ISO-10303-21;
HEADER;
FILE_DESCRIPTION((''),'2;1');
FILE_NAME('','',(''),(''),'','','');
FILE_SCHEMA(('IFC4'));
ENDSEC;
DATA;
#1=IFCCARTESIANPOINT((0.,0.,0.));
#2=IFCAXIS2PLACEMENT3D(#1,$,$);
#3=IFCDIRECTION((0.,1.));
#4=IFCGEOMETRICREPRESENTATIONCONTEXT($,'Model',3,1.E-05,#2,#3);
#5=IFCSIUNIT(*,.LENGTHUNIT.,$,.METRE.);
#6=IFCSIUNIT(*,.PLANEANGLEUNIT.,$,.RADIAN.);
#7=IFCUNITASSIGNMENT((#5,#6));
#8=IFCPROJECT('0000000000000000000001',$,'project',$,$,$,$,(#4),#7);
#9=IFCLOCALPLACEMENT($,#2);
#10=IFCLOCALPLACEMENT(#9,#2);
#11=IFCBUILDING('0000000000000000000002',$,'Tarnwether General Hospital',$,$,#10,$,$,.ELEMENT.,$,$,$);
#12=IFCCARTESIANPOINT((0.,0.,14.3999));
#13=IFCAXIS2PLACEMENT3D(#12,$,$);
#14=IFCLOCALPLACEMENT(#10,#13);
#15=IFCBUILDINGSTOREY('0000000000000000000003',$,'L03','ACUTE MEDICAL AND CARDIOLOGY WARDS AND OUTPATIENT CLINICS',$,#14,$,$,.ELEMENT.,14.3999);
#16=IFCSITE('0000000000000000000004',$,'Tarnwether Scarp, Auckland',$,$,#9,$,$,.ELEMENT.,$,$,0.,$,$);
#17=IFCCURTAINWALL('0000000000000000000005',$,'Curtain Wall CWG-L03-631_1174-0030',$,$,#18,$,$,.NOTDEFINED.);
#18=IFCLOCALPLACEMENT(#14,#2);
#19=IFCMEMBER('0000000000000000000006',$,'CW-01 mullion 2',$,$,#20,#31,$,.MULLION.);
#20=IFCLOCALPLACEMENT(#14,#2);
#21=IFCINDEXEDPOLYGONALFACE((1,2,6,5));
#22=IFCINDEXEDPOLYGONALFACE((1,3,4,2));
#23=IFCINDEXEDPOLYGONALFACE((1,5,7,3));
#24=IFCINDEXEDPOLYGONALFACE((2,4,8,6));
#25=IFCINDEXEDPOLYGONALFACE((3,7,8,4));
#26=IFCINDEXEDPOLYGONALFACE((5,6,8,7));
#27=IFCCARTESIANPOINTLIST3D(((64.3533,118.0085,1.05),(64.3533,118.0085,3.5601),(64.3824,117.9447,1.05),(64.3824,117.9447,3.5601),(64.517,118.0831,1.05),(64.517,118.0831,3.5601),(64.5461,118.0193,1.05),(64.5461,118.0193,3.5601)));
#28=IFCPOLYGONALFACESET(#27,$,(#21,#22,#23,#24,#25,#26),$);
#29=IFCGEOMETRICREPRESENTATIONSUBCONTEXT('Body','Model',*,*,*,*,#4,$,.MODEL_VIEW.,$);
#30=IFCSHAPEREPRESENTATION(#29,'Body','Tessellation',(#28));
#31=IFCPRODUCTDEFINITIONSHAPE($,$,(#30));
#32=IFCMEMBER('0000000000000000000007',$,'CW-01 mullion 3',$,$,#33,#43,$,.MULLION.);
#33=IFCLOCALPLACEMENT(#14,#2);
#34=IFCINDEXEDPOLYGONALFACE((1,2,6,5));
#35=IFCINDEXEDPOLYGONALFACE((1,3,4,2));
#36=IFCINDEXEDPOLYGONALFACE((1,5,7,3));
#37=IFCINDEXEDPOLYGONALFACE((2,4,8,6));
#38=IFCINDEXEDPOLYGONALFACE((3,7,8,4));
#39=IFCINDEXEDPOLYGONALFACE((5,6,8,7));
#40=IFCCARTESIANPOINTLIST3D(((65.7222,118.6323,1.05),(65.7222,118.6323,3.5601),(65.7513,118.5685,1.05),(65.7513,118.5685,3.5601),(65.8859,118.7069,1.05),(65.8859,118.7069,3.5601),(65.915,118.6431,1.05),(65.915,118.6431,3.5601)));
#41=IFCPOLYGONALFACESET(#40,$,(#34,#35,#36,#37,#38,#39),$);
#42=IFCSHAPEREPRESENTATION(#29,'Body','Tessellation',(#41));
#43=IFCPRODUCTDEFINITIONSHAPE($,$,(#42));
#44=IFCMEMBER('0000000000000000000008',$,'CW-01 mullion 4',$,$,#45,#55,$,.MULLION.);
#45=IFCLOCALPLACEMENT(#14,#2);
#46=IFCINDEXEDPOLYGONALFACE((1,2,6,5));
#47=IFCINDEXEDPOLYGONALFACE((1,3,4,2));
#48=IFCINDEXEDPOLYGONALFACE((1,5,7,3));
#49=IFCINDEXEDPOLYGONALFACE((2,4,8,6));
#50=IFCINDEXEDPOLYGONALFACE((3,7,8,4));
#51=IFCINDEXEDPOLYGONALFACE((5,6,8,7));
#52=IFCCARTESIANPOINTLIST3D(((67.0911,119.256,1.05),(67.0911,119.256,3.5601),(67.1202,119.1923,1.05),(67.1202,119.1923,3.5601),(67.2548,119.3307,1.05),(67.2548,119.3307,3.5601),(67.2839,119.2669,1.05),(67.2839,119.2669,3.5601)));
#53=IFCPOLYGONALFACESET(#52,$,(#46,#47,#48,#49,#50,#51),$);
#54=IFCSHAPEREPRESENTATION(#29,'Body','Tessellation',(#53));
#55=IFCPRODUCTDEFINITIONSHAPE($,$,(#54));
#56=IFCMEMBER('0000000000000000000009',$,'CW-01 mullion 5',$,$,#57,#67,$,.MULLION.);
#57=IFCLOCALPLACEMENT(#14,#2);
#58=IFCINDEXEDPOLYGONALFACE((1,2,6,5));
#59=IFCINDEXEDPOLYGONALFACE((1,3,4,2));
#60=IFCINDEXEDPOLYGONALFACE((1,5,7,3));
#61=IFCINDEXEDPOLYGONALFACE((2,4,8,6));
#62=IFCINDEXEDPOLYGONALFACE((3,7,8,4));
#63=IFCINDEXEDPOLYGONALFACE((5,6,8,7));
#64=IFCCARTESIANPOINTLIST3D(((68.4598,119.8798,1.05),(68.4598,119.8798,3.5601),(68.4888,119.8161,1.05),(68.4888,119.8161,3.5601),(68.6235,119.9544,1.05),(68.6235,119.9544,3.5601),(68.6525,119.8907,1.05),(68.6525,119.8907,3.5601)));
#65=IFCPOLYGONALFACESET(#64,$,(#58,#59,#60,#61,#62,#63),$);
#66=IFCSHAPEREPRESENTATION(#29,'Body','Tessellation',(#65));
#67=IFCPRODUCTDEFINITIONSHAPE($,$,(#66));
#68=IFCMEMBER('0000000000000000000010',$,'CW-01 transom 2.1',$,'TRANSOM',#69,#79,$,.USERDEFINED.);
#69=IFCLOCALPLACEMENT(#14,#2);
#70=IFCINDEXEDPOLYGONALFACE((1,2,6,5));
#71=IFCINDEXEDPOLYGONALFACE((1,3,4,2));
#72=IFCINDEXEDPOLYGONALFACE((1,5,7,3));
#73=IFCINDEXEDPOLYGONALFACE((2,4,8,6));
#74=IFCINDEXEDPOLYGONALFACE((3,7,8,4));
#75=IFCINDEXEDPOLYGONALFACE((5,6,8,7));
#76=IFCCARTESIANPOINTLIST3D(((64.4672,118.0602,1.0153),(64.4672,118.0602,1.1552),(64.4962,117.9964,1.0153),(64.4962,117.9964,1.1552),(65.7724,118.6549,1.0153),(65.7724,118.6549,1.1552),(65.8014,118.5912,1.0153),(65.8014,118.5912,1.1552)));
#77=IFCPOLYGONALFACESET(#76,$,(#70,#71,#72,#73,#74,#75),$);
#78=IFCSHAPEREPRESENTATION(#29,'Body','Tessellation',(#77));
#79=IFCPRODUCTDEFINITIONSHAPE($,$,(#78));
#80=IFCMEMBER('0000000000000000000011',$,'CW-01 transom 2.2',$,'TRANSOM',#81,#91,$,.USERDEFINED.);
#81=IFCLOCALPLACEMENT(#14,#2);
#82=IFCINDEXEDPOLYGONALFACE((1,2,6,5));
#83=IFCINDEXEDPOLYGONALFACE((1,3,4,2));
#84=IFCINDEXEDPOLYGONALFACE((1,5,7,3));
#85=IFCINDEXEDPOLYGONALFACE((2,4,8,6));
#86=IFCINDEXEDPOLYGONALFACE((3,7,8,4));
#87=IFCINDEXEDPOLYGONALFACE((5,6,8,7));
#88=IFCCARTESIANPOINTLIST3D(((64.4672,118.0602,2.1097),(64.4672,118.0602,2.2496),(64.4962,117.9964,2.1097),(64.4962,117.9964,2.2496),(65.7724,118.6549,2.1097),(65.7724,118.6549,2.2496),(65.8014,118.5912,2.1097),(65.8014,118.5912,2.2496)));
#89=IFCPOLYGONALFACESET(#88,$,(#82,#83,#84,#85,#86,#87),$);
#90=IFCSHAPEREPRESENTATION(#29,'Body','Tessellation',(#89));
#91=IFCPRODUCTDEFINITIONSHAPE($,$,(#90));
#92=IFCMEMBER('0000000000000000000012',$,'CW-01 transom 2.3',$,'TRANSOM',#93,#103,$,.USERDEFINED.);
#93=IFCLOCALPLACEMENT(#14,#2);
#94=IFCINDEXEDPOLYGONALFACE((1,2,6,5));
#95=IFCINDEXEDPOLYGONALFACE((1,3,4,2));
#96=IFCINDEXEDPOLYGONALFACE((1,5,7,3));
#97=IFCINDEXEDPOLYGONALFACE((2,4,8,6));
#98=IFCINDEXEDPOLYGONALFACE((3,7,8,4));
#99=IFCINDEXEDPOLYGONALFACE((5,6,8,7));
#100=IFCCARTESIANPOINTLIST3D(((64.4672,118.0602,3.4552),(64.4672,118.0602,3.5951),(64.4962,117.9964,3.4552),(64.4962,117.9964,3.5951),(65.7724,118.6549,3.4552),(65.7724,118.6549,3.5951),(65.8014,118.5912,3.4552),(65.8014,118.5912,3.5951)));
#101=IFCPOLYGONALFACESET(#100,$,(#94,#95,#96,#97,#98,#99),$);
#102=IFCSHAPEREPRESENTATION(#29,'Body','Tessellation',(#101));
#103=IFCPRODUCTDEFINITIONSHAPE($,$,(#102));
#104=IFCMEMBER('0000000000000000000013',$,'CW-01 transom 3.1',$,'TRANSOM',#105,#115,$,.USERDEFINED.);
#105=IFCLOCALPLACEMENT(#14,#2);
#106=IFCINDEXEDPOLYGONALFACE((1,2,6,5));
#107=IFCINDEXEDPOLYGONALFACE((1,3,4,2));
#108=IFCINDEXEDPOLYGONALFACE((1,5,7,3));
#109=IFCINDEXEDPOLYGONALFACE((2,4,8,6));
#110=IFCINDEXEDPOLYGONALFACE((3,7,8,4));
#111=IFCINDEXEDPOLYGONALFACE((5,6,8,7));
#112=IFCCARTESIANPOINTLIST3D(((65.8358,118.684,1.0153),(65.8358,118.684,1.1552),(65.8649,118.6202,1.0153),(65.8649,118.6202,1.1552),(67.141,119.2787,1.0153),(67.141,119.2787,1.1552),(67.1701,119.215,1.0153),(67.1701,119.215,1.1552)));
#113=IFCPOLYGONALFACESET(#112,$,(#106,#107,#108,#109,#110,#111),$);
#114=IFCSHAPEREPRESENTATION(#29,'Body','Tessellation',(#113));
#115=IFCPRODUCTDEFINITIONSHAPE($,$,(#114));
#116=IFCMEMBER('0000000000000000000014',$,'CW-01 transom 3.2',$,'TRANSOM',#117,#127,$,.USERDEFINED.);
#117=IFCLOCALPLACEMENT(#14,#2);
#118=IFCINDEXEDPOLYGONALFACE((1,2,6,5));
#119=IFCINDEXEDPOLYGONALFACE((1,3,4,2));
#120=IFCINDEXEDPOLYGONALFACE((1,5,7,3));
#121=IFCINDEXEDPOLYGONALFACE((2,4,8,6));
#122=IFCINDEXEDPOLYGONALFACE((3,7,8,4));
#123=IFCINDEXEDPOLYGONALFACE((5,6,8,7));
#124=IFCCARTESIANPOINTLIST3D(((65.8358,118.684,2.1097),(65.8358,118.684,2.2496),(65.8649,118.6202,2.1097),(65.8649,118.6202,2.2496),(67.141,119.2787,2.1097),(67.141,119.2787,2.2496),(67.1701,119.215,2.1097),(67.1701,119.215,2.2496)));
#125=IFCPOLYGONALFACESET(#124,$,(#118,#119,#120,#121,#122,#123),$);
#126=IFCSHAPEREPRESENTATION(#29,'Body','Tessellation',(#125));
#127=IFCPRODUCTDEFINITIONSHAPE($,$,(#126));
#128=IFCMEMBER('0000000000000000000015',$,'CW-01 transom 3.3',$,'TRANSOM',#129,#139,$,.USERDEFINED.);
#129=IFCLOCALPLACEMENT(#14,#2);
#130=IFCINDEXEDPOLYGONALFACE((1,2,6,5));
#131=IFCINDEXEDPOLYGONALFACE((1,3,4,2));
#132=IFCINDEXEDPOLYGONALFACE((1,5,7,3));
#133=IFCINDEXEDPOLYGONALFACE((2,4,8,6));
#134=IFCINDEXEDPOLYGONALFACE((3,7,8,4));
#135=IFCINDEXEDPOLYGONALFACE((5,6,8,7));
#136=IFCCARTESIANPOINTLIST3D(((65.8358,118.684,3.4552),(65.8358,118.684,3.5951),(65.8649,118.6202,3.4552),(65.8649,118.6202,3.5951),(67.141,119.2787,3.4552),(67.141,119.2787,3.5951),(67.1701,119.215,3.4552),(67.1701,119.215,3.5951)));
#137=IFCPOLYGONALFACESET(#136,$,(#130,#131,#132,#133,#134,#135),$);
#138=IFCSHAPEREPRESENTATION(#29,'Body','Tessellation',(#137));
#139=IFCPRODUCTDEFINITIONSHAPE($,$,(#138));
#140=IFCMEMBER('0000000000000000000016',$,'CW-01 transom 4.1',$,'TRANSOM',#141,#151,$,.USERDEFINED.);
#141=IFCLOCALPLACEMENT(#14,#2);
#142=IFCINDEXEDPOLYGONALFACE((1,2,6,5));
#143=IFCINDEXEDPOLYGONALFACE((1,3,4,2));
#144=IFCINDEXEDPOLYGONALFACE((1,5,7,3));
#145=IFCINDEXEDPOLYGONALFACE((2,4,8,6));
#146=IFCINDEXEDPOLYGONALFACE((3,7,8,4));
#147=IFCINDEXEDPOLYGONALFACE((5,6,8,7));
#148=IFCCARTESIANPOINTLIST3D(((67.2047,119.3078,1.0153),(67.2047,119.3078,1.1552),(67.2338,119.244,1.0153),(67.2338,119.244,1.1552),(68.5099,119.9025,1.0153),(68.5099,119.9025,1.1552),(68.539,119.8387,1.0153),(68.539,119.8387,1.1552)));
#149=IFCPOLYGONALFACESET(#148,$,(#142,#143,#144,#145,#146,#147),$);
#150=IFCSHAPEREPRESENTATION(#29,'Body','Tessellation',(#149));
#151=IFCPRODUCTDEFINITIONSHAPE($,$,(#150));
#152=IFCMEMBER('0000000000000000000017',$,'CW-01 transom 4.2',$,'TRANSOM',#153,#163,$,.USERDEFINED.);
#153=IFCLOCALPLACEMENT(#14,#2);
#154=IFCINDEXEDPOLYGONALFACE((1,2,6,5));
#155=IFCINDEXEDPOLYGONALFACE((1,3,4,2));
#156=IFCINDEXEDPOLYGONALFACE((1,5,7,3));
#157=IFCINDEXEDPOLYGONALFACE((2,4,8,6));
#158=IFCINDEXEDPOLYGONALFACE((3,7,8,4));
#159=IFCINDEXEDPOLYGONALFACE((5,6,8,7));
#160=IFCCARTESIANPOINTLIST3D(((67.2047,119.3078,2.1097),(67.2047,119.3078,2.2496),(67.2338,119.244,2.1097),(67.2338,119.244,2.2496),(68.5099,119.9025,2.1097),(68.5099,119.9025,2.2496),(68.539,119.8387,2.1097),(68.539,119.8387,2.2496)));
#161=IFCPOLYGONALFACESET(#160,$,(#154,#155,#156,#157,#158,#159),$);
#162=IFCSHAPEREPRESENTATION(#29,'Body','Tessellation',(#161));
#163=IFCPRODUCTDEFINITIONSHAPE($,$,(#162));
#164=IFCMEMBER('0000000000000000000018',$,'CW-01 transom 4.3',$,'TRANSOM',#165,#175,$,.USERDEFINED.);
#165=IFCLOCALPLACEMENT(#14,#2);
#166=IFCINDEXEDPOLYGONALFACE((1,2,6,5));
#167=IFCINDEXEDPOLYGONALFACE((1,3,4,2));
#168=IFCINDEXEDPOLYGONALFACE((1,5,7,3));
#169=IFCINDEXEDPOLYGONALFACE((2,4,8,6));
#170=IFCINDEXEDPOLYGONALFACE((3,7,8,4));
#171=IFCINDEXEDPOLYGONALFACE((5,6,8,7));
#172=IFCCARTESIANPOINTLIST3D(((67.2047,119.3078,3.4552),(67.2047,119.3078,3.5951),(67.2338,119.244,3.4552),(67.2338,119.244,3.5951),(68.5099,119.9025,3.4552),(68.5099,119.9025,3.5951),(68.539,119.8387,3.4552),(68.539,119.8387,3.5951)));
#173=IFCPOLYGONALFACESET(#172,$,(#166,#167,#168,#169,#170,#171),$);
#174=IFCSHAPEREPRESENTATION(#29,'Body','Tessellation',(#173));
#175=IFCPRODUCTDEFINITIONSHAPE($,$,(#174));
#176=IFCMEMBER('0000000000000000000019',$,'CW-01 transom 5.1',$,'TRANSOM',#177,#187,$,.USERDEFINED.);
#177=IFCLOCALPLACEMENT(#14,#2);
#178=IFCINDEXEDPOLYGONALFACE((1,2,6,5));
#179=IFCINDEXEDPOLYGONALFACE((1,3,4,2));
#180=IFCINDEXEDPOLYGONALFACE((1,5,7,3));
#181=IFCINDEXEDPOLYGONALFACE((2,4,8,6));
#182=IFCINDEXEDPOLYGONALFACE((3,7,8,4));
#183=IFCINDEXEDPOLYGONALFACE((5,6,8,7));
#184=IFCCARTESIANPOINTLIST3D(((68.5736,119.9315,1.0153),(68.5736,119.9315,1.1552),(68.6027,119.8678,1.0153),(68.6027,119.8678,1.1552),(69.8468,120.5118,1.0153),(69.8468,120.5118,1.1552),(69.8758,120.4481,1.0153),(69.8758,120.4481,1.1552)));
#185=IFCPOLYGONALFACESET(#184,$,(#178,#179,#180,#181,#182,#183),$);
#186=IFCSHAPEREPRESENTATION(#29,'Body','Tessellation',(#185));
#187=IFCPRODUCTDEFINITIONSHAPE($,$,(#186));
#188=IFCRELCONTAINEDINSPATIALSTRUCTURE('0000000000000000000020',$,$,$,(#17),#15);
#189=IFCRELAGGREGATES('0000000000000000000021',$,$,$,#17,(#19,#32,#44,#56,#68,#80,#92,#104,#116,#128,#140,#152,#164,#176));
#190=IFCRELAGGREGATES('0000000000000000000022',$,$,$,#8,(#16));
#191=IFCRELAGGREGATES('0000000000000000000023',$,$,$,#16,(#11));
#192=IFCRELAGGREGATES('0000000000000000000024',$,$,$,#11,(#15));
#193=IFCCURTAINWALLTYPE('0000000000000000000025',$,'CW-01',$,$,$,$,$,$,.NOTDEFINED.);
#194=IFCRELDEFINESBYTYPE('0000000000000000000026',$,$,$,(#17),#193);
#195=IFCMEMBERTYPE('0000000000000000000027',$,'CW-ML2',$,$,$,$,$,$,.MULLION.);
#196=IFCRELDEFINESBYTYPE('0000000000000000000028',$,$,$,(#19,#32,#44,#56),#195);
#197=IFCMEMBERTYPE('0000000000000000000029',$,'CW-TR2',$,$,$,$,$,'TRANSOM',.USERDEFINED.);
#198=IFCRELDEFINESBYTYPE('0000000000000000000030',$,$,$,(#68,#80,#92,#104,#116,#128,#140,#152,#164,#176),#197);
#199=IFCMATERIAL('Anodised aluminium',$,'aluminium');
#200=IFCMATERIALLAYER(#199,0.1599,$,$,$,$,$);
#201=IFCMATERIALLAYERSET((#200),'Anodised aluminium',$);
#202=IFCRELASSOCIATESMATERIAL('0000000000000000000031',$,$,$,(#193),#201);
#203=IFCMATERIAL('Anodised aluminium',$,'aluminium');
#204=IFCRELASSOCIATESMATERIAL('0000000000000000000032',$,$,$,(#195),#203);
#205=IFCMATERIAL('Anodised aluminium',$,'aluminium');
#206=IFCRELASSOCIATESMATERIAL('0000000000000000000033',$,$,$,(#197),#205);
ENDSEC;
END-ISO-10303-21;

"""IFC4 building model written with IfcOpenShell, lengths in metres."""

from ifc_helpers import new_model, si_unit, direction, frame, origin, origin_2d, place, context, subcontext, project, spatial, rectangle, extrude, material, layer, layer_set, material_profile, profile_set, type_object, element, aggregate, save


model = new_model("IFC4")

# Units and contexts
model_context = context("Model", 3, precision=1e-05, world=origin(), true_north=direction((0.0, 1.0)))
body_context = subcontext(model_context, "Body", "Model", "MODEL_VIEW")
ifc_project = project(units=[si_unit("LENGTHUNIT", "METRE"), si_unit("PLANEANGLEUNIT", "RADIAN")], contexts=[model_context])

# Site, building, storey
site_placement = place(None, origin())
site = spatial("IfcSite", under=ifc_project, at=site_placement, Name="Tarnwether Scarp, Auckland", CompositionType="ELEMENT", RefElevation=0.0)
building_placement = place(site_placement, origin())
building = spatial("IfcBuilding", under=site, at=building_placement, Name="Tarnwether General Hospital", CompositionType="ELEMENT")
storey_placement = place(building_placement, frame((0.0, 0.0, 14.3999)))
storey = spatial("IfcBuildingStorey", under=building, at=storey_placement, Name="L03", Description="ACUTE MEDICAL AND CARDIOLOGY WARDS AND OUTPATIENT CLINICS", CompositionType="ELEMENT", Elevation=14.3999)

# Curtain wall, members
ifc_material_1 = material(Name="Anodised aluminium", Category="aluminium")
ifc_layer_1 = layer(ifc_material_1, 0.1599)
ifc_layer_set_1 = layer_set([ifc_layer_1], Name="Anodised aluminium")
curtain_wall_type = type_object("IfcCurtainWallType", Name="CW-01", PredefinedType="NOTDEFINED", material=ifc_layer_set_1)
curtain_wall_placement = place(storey_placement, origin())
curtain_wall = element("IfcCurtainWall", 1, at=curtain_wall_placement, inside=storey, type_object=curtain_wall_type, Name="Curtain Wall CWG-L03-631_1174-0030", PredefinedType="NOTDEFINED")
ifc_material_2 = material(Name="Anodised aluminium", Category="aluminium")
ifc_material_profile_1 = material_profile(ifc_material_2, rectangle(XDim=0.0701, YDim=0.1799, at=origin_2d()), Name="ALU-MUL-70x180")
ifc_profile_set_1 = profile_set([ifc_material_profile_1], Name="Anodised aluminium")
member_type_1 = type_object("IfcMemberType", Name="CW-ML2", PredefinedType="MULLION", material=ifc_profile_set_1)
member_1_placement = place(storey_placement, frame((64.4497, 118.0139, 1.05), z_axis=(0.0, 0.0, 1.0), x_axis=(-0.414694, 0.909961, 0.0)))
member_1 = element("IfcMember", 2, at=member_1_placement, type_object=member_type_1, Name="CW-01 mullion 2", PredefinedType="MULLION", context=body_context, shape_type="SweptSolid", body=[
    extrude(rectangle(XDim=0.0701, YDim=0.1799, at=origin_2d()), origin(), (0.0, 0.0, 1.0), 2.51),
])
member_2_placement = place(storey_placement, frame((65.8186, 118.6377, 1.05), z_axis=(0.0, 0.0, 1.0), x_axis=(-0.414694, 0.909961, 0.0)))
member_2 = element("IfcMember", 3, at=member_2_placement, type_object=member_type_1, Name="CW-01 mullion 3", PredefinedType="MULLION", context=body_context, shape_type="SweptSolid", body=[
    extrude(rectangle(XDim=0.0701, YDim=0.1799, at=origin_2d()), origin(), (0.0, 0.0, 1.0), 2.51),
])
member_3_placement = place(storey_placement, frame((67.1875, 119.2615, 1.05), z_axis=(0.0, 0.0, 1.0), x_axis=(-0.414694, 0.909961, 0.0)))
member_3 = element("IfcMember", 4, at=member_3_placement, type_object=member_type_1, Name="CW-01 mullion 4", PredefinedType="MULLION", context=body_context, shape_type="SweptSolid", body=[
    extrude(rectangle(XDim=0.0701, YDim=0.1799, at=origin_2d()), origin(), (0.0, 0.0, 1.0), 2.51),
])
member_4_placement = place(storey_placement, frame((68.5562, 119.8853, 1.05), z_axis=(0.0, 0.0, 1.0), x_axis=(-0.414694, 0.909961, 0.0)))
member_4 = element("IfcMember", 5, at=member_4_placement, type_object=member_type_1, Name="CW-01 mullion 5", PredefinedType="MULLION", context=body_context, shape_type="SweptSolid", body=[
    extrude(rectangle(XDim=0.0701, YDim=0.1799, at=origin_2d()), origin(), (0.0, 0.0, 1.0), 2.51),
])
ifc_material_3 = material(Name="Anodised aluminium", Category="aluminium")
ifc_material_profile_2 = material_profile(ifc_material_3, rectangle(XDim=0.0701, YDim=0.1399, at=origin_2d()), Name="ALU-TRN-70x140")
ifc_profile_set_2 = profile_set([ifc_material_profile_2], Name="Anodised aluminium")
member_type_2 = type_object("IfcMemberType", Name="CW-TR2", ElementType="TRANSOM", PredefinedType="USERDEFINED", material=ifc_profile_set_2)
member_5_placement = place(storey_placement, frame((64.4817, 118.0283, 1.0852), z_axis=(0.909981, 0.414649, 0.0), x_axis=(-0.414649, 0.909981, 0.0)))
member_5 = element("IfcMember", 6, at=member_5_placement, type_object=member_type_2, Name="CW-01 transom 2.1", ObjectType="TRANSOM", PredefinedType="USERDEFINED", context=body_context, shape_type="SweptSolid", body=[
    extrude(rectangle(XDim=0.0701, YDim=0.1399, at=origin_2d()), origin(), (0.0, 0.0, 1.0), 1.4343),
])
member_6_placement = place(storey_placement, frame((64.4817, 118.0283, 2.1797), z_axis=(0.909981, 0.414649, 0.0), x_axis=(-0.414649, 0.909981, 0.0)))
member_6 = element("IfcMember", 7, at=member_6_placement, type_object=member_type_2, Name="CW-01 transom 2.2", ObjectType="TRANSOM", PredefinedType="USERDEFINED", context=body_context, shape_type="SweptSolid", body=[
    extrude(rectangle(XDim=0.0701, YDim=0.1399, at=origin_2d()), origin(), (0.0, 0.0, 1.0), 1.4343),
])
member_7_placement = place(storey_placement, frame((64.4817, 118.0283, 3.5251), z_axis=(0.909981, 0.414649, 0.0), x_axis=(-0.414649, 0.909981, 0.0)))
member_7 = element("IfcMember", 8, at=member_7_placement, type_object=member_type_2, Name="CW-01 transom 2.3", ObjectType="TRANSOM", PredefinedType="USERDEFINED", context=body_context, shape_type="SweptSolid", body=[
    extrude(rectangle(XDim=0.0701, YDim=0.1399, at=origin_2d()), origin(), (0.0, 0.0, 1.0), 1.4343),
])
member_8_placement = place(storey_placement, frame((65.8503, 118.6521, 1.0852), z_axis=(0.909981, 0.414649, 0.0), x_axis=(-0.414649, 0.909981, 0.0)))
member_8 = element("IfcMember", 9, at=member_8_placement, type_object=member_type_2, Name="CW-01 transom 3.1", ObjectType="TRANSOM", PredefinedType="USERDEFINED", context=body_context, shape_type="SweptSolid", body=[
    extrude(rectangle(XDim=0.0701, YDim=0.1399, at=origin_2d()), origin(), (0.0, 0.0, 1.0), 1.4343),
])
member_9_placement = place(storey_placement, frame((65.8503, 118.6521, 2.1797), z_axis=(0.909981, 0.414649, 0.0), x_axis=(-0.414649, 0.909981, 0.0)))
member_9 = element("IfcMember", 10, at=member_9_placement, type_object=member_type_2, Name="CW-01 transom 3.2", ObjectType="TRANSOM", PredefinedType="USERDEFINED", context=body_context, shape_type="SweptSolid", body=[
    extrude(rectangle(XDim=0.0701, YDim=0.1399, at=origin_2d()), origin(), (0.0, 0.0, 1.0), 1.4343),
])
member_10_placement = place(storey_placement, frame((65.8503, 118.6521, 3.5251), z_axis=(0.909981, 0.414649, 0.0), x_axis=(-0.414649, 0.909981, 0.0)))
member_10 = element("IfcMember", 11, at=member_10_placement, type_object=member_type_2, Name="CW-01 transom 3.3", ObjectType="TRANSOM", PredefinedType="USERDEFINED", context=body_context, shape_type="SweptSolid", body=[
    extrude(rectangle(XDim=0.0701, YDim=0.1399, at=origin_2d()), origin(), (0.0, 0.0, 1.0), 1.4343),
])
member_11_placement = place(storey_placement, frame((67.2192, 119.2759, 1.0852), z_axis=(0.909981, 0.414649, 0.0), x_axis=(-0.414649, 0.909981, 0.0)))
member_11 = element("IfcMember", 12, at=member_11_placement, type_object=member_type_2, Name="CW-01 transom 4.1", ObjectType="TRANSOM", PredefinedType="USERDEFINED", context=body_context, shape_type="SweptSolid", body=[
    extrude(rectangle(XDim=0.0701, YDim=0.1399, at=origin_2d()), origin(), (0.0, 0.0, 1.0), 1.4343),
])
member_12_placement = place(storey_placement, frame((67.2192, 119.2759, 2.1797), z_axis=(0.909981, 0.414649, 0.0), x_axis=(-0.414649, 0.909981, 0.0)))
member_12 = element("IfcMember", 13, at=member_12_placement, type_object=member_type_2, Name="CW-01 transom 4.2", ObjectType="TRANSOM", PredefinedType="USERDEFINED", context=body_context, shape_type="SweptSolid", body=[
    extrude(rectangle(XDim=0.0701, YDim=0.1399, at=origin_2d()), origin(), (0.0, 0.0, 1.0), 1.4343),
])
member_13_placement = place(storey_placement, frame((67.2192, 119.2759, 3.5251), z_axis=(0.909981, 0.414649, 0.0), x_axis=(-0.414649, 0.909981, 0.0)))
member_13 = element("IfcMember", 14, at=member_13_placement, type_object=member_type_2, Name="CW-01 transom 4.3", ObjectType="TRANSOM", PredefinedType="USERDEFINED", context=body_context, shape_type="SweptSolid", body=[
    extrude(rectangle(XDim=0.0701, YDim=0.1399, at=origin_2d()), origin(), (0.0, 0.0, 1.0), 1.4343),
])
member_14_placement = place(storey_placement, frame((68.5881, 119.8997, 1.0852), z_axis=(0.909936, 0.414749, 0.0), x_axis=(-0.414749, 0.909936, 0.0)))
member_14 = element("IfcMember", 15, at=member_14_placement, type_object=member_type_2, Name="CW-01 transom 5.1", ObjectType="TRANSOM", PredefinedType="USERDEFINED", context=body_context, shape_type="SweptSolid", body=[
    extrude(rectangle(XDim=0.0701, YDim=0.1399, at=origin_2d()), origin(), (0.0, 0.0, 1.0), 1.3992),
])
aggregate(curtain_wall, [member_1, member_2, member_3, member_4, member_5, member_6, member_7, member_8, member_9, member_10, member_11, member_12, member_13, member_14])

save(model, "model.ifc")
